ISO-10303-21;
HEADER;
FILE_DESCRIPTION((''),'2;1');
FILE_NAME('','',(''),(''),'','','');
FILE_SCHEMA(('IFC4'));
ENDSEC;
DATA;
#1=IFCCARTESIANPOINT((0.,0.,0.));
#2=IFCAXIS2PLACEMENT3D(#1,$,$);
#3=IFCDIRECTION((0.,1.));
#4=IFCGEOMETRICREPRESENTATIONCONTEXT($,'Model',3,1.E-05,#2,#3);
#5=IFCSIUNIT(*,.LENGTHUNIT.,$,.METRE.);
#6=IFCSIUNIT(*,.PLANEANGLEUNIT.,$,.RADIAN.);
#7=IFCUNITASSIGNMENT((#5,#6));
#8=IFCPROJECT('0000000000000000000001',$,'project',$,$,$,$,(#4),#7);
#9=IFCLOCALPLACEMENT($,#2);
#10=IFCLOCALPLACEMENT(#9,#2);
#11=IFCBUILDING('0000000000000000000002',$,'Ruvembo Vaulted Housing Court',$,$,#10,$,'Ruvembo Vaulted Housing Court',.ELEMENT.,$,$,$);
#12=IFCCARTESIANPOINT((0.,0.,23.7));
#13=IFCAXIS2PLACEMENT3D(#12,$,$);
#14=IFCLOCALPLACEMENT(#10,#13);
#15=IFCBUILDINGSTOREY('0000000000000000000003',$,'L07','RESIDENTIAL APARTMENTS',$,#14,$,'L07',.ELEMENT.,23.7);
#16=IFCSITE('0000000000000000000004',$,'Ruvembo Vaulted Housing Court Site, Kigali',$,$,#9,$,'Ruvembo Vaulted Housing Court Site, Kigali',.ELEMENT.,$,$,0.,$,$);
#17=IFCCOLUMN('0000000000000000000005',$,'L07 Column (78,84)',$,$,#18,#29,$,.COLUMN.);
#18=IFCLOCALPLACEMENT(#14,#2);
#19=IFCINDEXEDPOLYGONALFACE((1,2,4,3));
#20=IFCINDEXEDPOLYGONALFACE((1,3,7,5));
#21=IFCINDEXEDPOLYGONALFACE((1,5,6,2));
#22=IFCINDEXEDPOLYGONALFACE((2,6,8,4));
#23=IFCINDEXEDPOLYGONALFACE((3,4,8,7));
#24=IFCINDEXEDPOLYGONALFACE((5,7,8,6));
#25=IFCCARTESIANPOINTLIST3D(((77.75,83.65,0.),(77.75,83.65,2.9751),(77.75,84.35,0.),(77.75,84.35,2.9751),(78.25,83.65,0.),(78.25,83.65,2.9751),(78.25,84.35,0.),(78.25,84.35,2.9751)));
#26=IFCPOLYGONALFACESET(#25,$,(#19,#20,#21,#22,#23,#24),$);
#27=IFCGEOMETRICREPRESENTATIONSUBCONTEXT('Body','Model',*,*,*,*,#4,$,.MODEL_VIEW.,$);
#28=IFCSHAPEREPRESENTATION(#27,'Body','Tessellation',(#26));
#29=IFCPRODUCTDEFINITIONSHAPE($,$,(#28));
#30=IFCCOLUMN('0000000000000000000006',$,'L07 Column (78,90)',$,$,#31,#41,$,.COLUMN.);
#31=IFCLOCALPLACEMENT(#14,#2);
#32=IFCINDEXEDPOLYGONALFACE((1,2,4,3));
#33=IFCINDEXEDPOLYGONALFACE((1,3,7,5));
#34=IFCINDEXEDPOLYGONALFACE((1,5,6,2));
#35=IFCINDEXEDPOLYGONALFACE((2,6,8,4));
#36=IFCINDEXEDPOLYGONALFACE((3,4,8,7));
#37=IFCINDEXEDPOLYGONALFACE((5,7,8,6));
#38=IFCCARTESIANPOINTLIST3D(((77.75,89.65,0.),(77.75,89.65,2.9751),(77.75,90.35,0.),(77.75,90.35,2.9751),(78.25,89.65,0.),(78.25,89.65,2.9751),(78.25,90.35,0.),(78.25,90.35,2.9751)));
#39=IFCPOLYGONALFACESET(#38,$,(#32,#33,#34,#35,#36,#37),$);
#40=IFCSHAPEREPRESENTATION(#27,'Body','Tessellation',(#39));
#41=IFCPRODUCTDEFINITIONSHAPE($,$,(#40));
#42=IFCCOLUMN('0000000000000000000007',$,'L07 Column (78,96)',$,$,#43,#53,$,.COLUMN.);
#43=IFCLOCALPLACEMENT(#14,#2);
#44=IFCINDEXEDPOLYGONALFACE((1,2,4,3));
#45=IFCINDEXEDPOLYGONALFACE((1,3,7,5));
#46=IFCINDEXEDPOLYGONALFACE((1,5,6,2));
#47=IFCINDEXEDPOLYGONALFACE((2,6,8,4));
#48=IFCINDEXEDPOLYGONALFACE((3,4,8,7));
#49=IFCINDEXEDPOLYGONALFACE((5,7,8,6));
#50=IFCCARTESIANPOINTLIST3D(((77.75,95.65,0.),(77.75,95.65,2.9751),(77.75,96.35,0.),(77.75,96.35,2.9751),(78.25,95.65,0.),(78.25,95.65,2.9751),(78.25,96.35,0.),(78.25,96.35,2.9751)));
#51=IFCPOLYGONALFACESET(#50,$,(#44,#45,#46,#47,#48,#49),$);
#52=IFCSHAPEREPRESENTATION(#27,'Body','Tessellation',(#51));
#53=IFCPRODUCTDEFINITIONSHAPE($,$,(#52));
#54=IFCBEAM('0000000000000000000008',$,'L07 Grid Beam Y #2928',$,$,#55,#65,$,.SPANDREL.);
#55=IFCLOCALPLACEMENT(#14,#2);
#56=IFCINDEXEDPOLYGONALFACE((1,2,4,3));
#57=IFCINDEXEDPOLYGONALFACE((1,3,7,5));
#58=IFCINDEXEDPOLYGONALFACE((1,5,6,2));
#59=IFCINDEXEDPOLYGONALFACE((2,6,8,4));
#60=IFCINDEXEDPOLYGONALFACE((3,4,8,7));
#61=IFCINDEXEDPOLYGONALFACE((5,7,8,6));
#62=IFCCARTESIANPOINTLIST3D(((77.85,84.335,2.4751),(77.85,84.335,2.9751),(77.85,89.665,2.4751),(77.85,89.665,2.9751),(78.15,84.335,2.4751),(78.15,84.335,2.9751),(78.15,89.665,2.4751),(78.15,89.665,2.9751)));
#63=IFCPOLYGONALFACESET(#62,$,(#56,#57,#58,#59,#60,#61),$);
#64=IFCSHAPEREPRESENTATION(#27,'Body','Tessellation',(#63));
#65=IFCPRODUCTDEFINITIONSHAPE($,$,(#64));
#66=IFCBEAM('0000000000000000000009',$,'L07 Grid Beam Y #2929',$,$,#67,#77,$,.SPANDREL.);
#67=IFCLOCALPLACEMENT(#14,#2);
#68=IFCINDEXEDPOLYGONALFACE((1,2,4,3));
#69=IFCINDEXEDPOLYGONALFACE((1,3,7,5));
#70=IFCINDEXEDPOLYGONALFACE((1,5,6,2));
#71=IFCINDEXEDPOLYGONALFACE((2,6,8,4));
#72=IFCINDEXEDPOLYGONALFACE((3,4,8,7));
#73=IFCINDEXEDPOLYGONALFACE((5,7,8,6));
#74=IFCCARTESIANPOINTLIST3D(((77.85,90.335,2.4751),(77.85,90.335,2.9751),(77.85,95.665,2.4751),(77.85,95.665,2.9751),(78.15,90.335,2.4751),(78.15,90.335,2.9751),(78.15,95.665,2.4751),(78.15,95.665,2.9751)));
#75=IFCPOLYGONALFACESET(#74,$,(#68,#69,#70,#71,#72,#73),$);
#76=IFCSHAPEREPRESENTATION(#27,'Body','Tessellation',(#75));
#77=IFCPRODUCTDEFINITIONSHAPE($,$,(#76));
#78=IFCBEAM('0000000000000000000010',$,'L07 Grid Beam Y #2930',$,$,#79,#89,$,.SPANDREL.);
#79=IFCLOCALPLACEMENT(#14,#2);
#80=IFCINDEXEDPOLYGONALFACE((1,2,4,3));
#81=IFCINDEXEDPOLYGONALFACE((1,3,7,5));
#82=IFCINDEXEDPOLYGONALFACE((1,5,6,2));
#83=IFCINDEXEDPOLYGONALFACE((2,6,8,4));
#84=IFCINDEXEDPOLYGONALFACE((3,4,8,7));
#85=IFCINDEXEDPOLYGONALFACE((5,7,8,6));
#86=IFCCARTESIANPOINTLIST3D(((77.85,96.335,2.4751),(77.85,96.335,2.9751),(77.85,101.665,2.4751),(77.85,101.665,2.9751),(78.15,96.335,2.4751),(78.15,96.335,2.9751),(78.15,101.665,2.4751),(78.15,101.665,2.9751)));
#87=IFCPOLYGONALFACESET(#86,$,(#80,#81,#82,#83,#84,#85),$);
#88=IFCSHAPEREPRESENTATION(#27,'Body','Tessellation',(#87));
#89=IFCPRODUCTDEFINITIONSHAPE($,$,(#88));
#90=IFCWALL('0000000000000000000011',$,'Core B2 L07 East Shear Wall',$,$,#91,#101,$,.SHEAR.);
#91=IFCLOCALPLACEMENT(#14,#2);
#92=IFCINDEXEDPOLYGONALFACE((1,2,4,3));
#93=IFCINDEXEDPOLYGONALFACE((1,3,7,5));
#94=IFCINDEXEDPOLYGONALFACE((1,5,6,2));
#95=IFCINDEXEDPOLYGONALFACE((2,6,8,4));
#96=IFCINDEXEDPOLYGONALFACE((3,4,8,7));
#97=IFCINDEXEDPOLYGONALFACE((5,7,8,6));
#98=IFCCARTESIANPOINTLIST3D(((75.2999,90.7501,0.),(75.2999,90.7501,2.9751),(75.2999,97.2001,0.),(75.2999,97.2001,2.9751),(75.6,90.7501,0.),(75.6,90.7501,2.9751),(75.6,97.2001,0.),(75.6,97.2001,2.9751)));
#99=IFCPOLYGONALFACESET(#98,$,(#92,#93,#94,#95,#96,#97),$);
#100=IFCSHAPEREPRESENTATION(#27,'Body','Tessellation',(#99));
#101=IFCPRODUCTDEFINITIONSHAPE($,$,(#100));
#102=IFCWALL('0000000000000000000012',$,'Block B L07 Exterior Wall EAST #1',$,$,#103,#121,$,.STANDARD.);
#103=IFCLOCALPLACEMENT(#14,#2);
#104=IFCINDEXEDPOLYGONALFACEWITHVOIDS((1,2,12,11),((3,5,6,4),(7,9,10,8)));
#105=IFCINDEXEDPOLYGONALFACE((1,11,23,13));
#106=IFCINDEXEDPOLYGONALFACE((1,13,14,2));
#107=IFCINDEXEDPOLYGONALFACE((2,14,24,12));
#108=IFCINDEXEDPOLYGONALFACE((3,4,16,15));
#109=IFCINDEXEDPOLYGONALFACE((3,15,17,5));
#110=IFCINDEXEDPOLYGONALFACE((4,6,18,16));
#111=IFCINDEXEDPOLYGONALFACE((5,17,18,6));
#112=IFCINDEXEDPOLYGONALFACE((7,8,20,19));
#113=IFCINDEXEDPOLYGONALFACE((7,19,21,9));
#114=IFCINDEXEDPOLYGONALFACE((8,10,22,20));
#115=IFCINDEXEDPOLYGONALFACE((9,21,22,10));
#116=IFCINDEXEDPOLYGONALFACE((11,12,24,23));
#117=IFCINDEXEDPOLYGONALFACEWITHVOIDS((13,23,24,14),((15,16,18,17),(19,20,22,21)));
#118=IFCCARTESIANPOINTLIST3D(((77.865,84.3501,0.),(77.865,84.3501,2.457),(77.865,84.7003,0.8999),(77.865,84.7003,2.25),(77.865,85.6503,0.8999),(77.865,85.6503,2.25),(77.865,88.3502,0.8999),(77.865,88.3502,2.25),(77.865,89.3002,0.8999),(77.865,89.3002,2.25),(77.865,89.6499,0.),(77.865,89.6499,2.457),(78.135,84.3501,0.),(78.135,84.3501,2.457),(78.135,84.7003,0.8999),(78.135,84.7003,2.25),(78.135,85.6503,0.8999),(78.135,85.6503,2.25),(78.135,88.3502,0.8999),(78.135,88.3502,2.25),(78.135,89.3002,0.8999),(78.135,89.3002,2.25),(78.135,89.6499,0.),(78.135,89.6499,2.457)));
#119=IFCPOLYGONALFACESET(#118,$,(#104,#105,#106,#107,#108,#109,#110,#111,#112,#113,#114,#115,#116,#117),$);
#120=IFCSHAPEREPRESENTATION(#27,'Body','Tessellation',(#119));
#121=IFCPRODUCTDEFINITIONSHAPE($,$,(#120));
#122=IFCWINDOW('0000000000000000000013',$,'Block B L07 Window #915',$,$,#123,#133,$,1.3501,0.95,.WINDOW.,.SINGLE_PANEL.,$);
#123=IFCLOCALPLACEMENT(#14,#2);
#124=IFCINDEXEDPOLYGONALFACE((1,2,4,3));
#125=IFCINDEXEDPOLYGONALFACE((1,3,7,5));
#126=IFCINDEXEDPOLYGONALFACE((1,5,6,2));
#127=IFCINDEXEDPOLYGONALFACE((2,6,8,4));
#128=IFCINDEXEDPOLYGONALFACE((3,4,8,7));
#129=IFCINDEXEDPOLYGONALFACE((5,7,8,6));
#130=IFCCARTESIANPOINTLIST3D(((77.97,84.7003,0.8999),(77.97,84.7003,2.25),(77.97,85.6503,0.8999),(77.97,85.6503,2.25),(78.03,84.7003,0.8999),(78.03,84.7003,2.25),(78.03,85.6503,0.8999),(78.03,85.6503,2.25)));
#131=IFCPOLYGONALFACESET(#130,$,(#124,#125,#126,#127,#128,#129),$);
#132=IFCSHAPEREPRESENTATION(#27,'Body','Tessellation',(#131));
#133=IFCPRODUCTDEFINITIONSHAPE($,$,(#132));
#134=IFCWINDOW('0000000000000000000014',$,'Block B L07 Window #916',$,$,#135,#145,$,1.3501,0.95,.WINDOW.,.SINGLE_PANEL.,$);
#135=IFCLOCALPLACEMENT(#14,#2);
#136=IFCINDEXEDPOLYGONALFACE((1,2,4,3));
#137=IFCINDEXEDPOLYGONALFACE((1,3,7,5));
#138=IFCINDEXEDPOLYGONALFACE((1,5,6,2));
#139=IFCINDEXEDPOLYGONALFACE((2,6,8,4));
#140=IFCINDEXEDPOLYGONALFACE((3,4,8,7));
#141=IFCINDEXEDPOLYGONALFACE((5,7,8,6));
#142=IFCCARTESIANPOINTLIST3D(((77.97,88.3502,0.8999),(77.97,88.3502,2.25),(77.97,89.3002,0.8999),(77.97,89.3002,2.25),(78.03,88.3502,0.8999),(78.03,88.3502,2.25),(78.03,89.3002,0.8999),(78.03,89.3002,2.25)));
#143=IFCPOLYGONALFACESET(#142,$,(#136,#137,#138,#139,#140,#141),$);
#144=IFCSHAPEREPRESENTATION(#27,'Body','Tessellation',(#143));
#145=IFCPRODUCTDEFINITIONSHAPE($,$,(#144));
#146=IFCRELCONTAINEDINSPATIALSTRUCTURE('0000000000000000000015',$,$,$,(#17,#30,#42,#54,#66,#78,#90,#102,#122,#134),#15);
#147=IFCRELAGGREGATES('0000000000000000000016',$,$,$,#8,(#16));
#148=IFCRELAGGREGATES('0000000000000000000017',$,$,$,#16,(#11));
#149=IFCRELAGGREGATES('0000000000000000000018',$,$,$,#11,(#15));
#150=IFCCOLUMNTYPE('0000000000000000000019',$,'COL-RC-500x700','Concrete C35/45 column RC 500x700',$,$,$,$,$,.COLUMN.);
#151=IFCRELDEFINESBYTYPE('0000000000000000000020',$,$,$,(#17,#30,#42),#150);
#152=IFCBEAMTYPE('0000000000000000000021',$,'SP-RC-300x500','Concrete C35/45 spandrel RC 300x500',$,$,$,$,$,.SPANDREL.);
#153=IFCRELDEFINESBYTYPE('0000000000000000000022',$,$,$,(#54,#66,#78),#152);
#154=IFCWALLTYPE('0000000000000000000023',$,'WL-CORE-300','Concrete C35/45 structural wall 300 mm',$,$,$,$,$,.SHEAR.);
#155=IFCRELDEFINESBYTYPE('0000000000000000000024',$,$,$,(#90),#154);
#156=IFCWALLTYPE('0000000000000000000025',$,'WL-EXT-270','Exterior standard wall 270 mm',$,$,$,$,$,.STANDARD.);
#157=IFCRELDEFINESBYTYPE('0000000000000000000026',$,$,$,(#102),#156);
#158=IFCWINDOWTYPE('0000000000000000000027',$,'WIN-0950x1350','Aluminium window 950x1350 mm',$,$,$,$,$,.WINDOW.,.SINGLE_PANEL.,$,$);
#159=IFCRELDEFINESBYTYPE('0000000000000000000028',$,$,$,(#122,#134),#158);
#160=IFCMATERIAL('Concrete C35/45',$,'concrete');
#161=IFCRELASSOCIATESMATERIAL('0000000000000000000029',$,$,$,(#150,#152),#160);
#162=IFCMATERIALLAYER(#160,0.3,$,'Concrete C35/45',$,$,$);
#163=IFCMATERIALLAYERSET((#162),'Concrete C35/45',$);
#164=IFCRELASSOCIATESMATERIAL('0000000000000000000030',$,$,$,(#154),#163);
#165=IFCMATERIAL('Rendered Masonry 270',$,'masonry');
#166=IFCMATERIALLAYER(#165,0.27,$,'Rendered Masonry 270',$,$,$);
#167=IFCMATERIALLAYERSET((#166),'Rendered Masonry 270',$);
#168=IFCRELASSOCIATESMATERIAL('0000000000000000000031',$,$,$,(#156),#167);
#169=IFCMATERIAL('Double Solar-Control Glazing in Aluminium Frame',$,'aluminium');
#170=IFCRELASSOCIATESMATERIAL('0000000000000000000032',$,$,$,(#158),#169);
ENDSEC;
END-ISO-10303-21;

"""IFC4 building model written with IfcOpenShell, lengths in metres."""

from ifc_helpers import new_model, si_unit, direction, frame, frame_2d, origin, origin_2d, place, context, subcontext, project, spatial, rectangle, extrude, material, layer, layer_set, material_profile, profile_set, type_object, element, fill, save


model = new_model("IFC4")

# Units and contexts
model_context = context("Model", 3, precision=1e-05, world=origin(), true_north=direction((0.0, 1.0)))
body_context = subcontext(model_context, "Body", "Model", "MODEL_VIEW")
ifc_project = project(units=[si_unit("LENGTHUNIT", "METRE"), si_unit("PLANEANGLEUNIT", "RADIAN")], contexts=[model_context])

# Site, building, storey
site_placement = place(None, origin())
site = spatial("IfcSite", under=ifc_project, at=site_placement, Name="Ruvembo Vaulted Housing Court Site, Kigali", LongName="Ruvembo Vaulted Housing Court Site, Kigali", CompositionType="ELEMENT", RefElevation=0.0)
building_placement = place(site_placement, origin())
building = spatial("IfcBuilding", under=site, at=building_placement, Name="Ruvembo Vaulted Housing Court", LongName="Ruvembo Vaulted Housing Court", CompositionType="ELEMENT")
storey_placement = place(building_placement, frame((0.0, 0.0, 23.7)))
storey = spatial("IfcBuildingStorey", under=building, at=storey_placement, Name="L07", Description="RESIDENTIAL APARTMENTS", LongName="L07", CompositionType="ELEMENT", Elevation=23.7)

# Columns
ifc_material_1 = material(Name="Concrete C35/45", Category="concrete")
ifc_material_profile_1 = material_profile(ifc_material_1, rectangle(XDim=0.5, YDim=0.7, at=origin_2d()), Name="RC 500x700")
ifc_profile_set_1 = profile_set([ifc_material_profile_1], Name="Concrete C35/45")
column_type = type_object("IfcColumnType", Name="COL-RC-500x700", Description="Concrete C35/45 column RC 500x700", PredefinedType="COLUMN", material=ifc_profile_set_1)
for number, where, z_axis, x_axis, name in (
    (1, (78.0, 84.0, 0.0), (0.0, 0.0, 1.0), (1.0, 0.0, 0.0), "L07 Column (78,84)"),
    (2, (78.0, 90.0, 0.0), (0.0, 0.0, 1.0), (1.0, 0.0, 0.0), "L07 Column (78,90)"),
    (3, (78.0, 96.0, 0.0), (0.0, 0.0, 1.0), (1.0, 0.0, 0.0), "L07 Column (78,96)"),
):
    element("IfcColumn", number, at=place(storey_placement, frame(where, z_axis=z_axis, x_axis=x_axis)), inside=storey, type_object=column_type, Name=name, PredefinedType="COLUMN", context=body_context, shape_type="SweptSolid", body=[
        extrude(rectangle(XDim=0.5, YDim=0.7, at=origin_2d()), origin(), (0.0, 0.0, 1.0), 2.9751),
    ])

# Beams
ifc_material_profile_2 = material_profile(ifc_material_1, rectangle(XDim=0.3, YDim=0.5, at=origin_2d()), Name="RC 300x500")
ifc_profile_set_2 = profile_set([ifc_material_profile_2], Name="Concrete C35/45")
beam_type = type_object("IfcBeamType", Name="SP-RC-300x500", Description="Concrete C35/45 spandrel RC 300x500", PredefinedType="SPANDREL", material=ifc_profile_set_2)
for number, where, z_axis, x_axis, name in (
    (4, (78.0, 84.335, 2.7251), (0.0, 1.0, 0.0), (-1.0, 0.0, 0.0), "L07 Grid Beam Y #2928"),
    (5, (78.0, 90.335, 2.7251), (0.0, 1.0, 0.0), (-1.0, 0.0, 0.0), "L07 Grid Beam Y #2929"),
    (6, (78.0, 96.335, 2.7251), (0.0, 1.0, 0.0), (-1.0, 0.0, 0.0), "L07 Grid Beam Y #2930"),
):
    element("IfcBeam", number, at=place(storey_placement, frame(where, z_axis=z_axis, x_axis=x_axis)), inside=storey, type_object=beam_type, Name=name, PredefinedType="SPANDREL", context=body_context, shape_type="SweptSolid", body=[
        extrude(rectangle(XDim=0.3, YDim=0.5, at=origin_2d()), origin(), (0.0, 0.0, 1.0), 5.3301),
    ])

# Wall
ifc_layer_1 = layer(ifc_material_1, 0.3, Name="Concrete C35/45")
ifc_layer_set_1 = layer_set([ifc_layer_1], Name="Concrete C35/45")
wall_type_1 = type_object("IfcWallType", Name="WL-CORE-300", Description="Concrete C35/45 structural wall 300 mm", PredefinedType="SHEAR", material=ifc_layer_set_1)
wall_1_placement = place(storey_placement, frame((75.45, 90.75, 0.0), z_axis=(0.0, 0.0, 1.0), x_axis=(0.0, 1.0, 0.0)))
element("IfcWall", 7, at=wall_1_placement, inside=storey, type_object=wall_type_1, Name="Core B2 L07 East Shear Wall", PredefinedType="SHEAR", context=body_context, shape_type="SweptSolid", body=[
    extrude(rectangle(XDim=6.45, YDim=0.3, at=frame_2d((3.2251, 0.0))), origin(), (0.0, 0.0, 1.0), 2.9751),
])

# Wall, openings, windows
ifc_material_2 = material(Name="Rendered Masonry 270", Category="masonry")
ifc_layer_2 = layer(ifc_material_2, 0.27, Name="Rendered Masonry 270")
ifc_layer_set_2 = layer_set([ifc_layer_2], Name="Rendered Masonry 270")
wall_type_2 = type_object("IfcWallType", Name="WL-EXT-270", Description="Exterior standard wall 270 mm", PredefinedType="STANDARD", material=ifc_layer_set_2)
wall_2_placement = place(storey_placement, frame((78.0, 84.3501, 0.0), z_axis=(0.0, 0.0, 1.0), x_axis=(0.0, 1.0, 0.0)))
wall_2 = element("IfcWall", 8, at=wall_2_placement, inside=storey, type_object=wall_type_2, Name="Block B L07 Exterior Wall EAST #1", PredefinedType="STANDARD", context=body_context, shape_type="SweptSolid", body=[
    extrude(rectangle(XDim=5.2998, YDim=0.27, at=frame_2d((2.6499, 0.0))), origin(), (0.0, 0.0, 1.0), 2.457),
])
opening_1_placement = place(wall_2_placement, frame((0.3501, 0.0, 0.8999)))
opening_1 = element("IfcOpeningElement", 9, at=opening_1_placement, cuts=wall_2, PredefinedType="OPENING", context=body_context, shape_type="SweptSolid", body=[
    extrude(rectangle(XDim=0.95, YDim=1.3501, at=frame_2d((0.4751, 0.675))), frame((0.0, 0.145, 0.0), z_axis=(0.0, -1.0, 0.0), x_axis=(1.0, 0.0, 0.0)), (0.0, 0.0, 1.0), 0.29),
])
opening_2_placement = place(wall_2_placement, frame((4.0, 0.0, 0.8999)))
opening_2 = element("IfcOpeningElement", 10, at=opening_2_placement, cuts=wall_2, PredefinedType="OPENING", context=body_context, shape_type="SweptSolid", body=[
    extrude(rectangle(XDim=0.95, YDim=1.3501, at=frame_2d((0.4751, 0.675))), frame((0.0, 0.145, 0.0), z_axis=(0.0, -1.0, 0.0), x_axis=(1.0, 0.0, 0.0)), (0.0, 0.0, 1.0), 0.29),
])
ifc_material_3 = material(Name="Double Solar-Control Glazing in Aluminium Frame", Category="aluminium")
window_type_1 = type_object("IfcWindowType", Name="WIN-0950x1350", Description="Aluminium window 950x1350 mm", PartitioningType="SINGLE_PANEL", PredefinedType="WINDOW", material=ifc_material_3)
window_1_placement = place(opening_1_placement, origin())
window_1 = element("IfcWindow", 11, at=window_1_placement, inside=storey, type_object=window_type_1, Name="Block B L07 Window #915", OverallHeight=1.3501, OverallWidth=0.95, PartitioningType="SINGLE_PANEL", PredefinedType="WINDOW", context=body_context, shape_type="SweptSolid", body=[
    extrude(rectangle(XDim=0.95, YDim=1.3501, at=frame_2d((0.4751, 0.675))), frame((0.0, 0.03, 0.0), z_axis=(0.0, -1.0, 0.0), x_axis=(1.0, 0.0, 0.0)), (0.0, 0.0, 1.0), 0.0601),
])
fill(opening_1, window_1)
window_2_placement = place(opening_2_placement, origin())
window_2 = element("IfcWindow", 12, at=window_2_placement, inside=storey, type_object=window_type_1, Name="Block B L07 Window #916", OverallHeight=1.3501, OverallWidth=0.95, PartitioningType="SINGLE_PANEL", PredefinedType="WINDOW", context=body_context, shape_type="SweptSolid", body=[
    extrude(rectangle(XDim=0.95, YDim=1.3501, at=frame_2d((0.4751, 0.675))), frame((0.0, 0.03, 0.0), z_axis=(0.0, -1.0, 0.0), x_axis=(1.0, 0.0, 0.0)), (0.0, 0.0, 1.0), 0.0601),
])
fill(opening_2, window_2)

save(model, "model.ifc")
